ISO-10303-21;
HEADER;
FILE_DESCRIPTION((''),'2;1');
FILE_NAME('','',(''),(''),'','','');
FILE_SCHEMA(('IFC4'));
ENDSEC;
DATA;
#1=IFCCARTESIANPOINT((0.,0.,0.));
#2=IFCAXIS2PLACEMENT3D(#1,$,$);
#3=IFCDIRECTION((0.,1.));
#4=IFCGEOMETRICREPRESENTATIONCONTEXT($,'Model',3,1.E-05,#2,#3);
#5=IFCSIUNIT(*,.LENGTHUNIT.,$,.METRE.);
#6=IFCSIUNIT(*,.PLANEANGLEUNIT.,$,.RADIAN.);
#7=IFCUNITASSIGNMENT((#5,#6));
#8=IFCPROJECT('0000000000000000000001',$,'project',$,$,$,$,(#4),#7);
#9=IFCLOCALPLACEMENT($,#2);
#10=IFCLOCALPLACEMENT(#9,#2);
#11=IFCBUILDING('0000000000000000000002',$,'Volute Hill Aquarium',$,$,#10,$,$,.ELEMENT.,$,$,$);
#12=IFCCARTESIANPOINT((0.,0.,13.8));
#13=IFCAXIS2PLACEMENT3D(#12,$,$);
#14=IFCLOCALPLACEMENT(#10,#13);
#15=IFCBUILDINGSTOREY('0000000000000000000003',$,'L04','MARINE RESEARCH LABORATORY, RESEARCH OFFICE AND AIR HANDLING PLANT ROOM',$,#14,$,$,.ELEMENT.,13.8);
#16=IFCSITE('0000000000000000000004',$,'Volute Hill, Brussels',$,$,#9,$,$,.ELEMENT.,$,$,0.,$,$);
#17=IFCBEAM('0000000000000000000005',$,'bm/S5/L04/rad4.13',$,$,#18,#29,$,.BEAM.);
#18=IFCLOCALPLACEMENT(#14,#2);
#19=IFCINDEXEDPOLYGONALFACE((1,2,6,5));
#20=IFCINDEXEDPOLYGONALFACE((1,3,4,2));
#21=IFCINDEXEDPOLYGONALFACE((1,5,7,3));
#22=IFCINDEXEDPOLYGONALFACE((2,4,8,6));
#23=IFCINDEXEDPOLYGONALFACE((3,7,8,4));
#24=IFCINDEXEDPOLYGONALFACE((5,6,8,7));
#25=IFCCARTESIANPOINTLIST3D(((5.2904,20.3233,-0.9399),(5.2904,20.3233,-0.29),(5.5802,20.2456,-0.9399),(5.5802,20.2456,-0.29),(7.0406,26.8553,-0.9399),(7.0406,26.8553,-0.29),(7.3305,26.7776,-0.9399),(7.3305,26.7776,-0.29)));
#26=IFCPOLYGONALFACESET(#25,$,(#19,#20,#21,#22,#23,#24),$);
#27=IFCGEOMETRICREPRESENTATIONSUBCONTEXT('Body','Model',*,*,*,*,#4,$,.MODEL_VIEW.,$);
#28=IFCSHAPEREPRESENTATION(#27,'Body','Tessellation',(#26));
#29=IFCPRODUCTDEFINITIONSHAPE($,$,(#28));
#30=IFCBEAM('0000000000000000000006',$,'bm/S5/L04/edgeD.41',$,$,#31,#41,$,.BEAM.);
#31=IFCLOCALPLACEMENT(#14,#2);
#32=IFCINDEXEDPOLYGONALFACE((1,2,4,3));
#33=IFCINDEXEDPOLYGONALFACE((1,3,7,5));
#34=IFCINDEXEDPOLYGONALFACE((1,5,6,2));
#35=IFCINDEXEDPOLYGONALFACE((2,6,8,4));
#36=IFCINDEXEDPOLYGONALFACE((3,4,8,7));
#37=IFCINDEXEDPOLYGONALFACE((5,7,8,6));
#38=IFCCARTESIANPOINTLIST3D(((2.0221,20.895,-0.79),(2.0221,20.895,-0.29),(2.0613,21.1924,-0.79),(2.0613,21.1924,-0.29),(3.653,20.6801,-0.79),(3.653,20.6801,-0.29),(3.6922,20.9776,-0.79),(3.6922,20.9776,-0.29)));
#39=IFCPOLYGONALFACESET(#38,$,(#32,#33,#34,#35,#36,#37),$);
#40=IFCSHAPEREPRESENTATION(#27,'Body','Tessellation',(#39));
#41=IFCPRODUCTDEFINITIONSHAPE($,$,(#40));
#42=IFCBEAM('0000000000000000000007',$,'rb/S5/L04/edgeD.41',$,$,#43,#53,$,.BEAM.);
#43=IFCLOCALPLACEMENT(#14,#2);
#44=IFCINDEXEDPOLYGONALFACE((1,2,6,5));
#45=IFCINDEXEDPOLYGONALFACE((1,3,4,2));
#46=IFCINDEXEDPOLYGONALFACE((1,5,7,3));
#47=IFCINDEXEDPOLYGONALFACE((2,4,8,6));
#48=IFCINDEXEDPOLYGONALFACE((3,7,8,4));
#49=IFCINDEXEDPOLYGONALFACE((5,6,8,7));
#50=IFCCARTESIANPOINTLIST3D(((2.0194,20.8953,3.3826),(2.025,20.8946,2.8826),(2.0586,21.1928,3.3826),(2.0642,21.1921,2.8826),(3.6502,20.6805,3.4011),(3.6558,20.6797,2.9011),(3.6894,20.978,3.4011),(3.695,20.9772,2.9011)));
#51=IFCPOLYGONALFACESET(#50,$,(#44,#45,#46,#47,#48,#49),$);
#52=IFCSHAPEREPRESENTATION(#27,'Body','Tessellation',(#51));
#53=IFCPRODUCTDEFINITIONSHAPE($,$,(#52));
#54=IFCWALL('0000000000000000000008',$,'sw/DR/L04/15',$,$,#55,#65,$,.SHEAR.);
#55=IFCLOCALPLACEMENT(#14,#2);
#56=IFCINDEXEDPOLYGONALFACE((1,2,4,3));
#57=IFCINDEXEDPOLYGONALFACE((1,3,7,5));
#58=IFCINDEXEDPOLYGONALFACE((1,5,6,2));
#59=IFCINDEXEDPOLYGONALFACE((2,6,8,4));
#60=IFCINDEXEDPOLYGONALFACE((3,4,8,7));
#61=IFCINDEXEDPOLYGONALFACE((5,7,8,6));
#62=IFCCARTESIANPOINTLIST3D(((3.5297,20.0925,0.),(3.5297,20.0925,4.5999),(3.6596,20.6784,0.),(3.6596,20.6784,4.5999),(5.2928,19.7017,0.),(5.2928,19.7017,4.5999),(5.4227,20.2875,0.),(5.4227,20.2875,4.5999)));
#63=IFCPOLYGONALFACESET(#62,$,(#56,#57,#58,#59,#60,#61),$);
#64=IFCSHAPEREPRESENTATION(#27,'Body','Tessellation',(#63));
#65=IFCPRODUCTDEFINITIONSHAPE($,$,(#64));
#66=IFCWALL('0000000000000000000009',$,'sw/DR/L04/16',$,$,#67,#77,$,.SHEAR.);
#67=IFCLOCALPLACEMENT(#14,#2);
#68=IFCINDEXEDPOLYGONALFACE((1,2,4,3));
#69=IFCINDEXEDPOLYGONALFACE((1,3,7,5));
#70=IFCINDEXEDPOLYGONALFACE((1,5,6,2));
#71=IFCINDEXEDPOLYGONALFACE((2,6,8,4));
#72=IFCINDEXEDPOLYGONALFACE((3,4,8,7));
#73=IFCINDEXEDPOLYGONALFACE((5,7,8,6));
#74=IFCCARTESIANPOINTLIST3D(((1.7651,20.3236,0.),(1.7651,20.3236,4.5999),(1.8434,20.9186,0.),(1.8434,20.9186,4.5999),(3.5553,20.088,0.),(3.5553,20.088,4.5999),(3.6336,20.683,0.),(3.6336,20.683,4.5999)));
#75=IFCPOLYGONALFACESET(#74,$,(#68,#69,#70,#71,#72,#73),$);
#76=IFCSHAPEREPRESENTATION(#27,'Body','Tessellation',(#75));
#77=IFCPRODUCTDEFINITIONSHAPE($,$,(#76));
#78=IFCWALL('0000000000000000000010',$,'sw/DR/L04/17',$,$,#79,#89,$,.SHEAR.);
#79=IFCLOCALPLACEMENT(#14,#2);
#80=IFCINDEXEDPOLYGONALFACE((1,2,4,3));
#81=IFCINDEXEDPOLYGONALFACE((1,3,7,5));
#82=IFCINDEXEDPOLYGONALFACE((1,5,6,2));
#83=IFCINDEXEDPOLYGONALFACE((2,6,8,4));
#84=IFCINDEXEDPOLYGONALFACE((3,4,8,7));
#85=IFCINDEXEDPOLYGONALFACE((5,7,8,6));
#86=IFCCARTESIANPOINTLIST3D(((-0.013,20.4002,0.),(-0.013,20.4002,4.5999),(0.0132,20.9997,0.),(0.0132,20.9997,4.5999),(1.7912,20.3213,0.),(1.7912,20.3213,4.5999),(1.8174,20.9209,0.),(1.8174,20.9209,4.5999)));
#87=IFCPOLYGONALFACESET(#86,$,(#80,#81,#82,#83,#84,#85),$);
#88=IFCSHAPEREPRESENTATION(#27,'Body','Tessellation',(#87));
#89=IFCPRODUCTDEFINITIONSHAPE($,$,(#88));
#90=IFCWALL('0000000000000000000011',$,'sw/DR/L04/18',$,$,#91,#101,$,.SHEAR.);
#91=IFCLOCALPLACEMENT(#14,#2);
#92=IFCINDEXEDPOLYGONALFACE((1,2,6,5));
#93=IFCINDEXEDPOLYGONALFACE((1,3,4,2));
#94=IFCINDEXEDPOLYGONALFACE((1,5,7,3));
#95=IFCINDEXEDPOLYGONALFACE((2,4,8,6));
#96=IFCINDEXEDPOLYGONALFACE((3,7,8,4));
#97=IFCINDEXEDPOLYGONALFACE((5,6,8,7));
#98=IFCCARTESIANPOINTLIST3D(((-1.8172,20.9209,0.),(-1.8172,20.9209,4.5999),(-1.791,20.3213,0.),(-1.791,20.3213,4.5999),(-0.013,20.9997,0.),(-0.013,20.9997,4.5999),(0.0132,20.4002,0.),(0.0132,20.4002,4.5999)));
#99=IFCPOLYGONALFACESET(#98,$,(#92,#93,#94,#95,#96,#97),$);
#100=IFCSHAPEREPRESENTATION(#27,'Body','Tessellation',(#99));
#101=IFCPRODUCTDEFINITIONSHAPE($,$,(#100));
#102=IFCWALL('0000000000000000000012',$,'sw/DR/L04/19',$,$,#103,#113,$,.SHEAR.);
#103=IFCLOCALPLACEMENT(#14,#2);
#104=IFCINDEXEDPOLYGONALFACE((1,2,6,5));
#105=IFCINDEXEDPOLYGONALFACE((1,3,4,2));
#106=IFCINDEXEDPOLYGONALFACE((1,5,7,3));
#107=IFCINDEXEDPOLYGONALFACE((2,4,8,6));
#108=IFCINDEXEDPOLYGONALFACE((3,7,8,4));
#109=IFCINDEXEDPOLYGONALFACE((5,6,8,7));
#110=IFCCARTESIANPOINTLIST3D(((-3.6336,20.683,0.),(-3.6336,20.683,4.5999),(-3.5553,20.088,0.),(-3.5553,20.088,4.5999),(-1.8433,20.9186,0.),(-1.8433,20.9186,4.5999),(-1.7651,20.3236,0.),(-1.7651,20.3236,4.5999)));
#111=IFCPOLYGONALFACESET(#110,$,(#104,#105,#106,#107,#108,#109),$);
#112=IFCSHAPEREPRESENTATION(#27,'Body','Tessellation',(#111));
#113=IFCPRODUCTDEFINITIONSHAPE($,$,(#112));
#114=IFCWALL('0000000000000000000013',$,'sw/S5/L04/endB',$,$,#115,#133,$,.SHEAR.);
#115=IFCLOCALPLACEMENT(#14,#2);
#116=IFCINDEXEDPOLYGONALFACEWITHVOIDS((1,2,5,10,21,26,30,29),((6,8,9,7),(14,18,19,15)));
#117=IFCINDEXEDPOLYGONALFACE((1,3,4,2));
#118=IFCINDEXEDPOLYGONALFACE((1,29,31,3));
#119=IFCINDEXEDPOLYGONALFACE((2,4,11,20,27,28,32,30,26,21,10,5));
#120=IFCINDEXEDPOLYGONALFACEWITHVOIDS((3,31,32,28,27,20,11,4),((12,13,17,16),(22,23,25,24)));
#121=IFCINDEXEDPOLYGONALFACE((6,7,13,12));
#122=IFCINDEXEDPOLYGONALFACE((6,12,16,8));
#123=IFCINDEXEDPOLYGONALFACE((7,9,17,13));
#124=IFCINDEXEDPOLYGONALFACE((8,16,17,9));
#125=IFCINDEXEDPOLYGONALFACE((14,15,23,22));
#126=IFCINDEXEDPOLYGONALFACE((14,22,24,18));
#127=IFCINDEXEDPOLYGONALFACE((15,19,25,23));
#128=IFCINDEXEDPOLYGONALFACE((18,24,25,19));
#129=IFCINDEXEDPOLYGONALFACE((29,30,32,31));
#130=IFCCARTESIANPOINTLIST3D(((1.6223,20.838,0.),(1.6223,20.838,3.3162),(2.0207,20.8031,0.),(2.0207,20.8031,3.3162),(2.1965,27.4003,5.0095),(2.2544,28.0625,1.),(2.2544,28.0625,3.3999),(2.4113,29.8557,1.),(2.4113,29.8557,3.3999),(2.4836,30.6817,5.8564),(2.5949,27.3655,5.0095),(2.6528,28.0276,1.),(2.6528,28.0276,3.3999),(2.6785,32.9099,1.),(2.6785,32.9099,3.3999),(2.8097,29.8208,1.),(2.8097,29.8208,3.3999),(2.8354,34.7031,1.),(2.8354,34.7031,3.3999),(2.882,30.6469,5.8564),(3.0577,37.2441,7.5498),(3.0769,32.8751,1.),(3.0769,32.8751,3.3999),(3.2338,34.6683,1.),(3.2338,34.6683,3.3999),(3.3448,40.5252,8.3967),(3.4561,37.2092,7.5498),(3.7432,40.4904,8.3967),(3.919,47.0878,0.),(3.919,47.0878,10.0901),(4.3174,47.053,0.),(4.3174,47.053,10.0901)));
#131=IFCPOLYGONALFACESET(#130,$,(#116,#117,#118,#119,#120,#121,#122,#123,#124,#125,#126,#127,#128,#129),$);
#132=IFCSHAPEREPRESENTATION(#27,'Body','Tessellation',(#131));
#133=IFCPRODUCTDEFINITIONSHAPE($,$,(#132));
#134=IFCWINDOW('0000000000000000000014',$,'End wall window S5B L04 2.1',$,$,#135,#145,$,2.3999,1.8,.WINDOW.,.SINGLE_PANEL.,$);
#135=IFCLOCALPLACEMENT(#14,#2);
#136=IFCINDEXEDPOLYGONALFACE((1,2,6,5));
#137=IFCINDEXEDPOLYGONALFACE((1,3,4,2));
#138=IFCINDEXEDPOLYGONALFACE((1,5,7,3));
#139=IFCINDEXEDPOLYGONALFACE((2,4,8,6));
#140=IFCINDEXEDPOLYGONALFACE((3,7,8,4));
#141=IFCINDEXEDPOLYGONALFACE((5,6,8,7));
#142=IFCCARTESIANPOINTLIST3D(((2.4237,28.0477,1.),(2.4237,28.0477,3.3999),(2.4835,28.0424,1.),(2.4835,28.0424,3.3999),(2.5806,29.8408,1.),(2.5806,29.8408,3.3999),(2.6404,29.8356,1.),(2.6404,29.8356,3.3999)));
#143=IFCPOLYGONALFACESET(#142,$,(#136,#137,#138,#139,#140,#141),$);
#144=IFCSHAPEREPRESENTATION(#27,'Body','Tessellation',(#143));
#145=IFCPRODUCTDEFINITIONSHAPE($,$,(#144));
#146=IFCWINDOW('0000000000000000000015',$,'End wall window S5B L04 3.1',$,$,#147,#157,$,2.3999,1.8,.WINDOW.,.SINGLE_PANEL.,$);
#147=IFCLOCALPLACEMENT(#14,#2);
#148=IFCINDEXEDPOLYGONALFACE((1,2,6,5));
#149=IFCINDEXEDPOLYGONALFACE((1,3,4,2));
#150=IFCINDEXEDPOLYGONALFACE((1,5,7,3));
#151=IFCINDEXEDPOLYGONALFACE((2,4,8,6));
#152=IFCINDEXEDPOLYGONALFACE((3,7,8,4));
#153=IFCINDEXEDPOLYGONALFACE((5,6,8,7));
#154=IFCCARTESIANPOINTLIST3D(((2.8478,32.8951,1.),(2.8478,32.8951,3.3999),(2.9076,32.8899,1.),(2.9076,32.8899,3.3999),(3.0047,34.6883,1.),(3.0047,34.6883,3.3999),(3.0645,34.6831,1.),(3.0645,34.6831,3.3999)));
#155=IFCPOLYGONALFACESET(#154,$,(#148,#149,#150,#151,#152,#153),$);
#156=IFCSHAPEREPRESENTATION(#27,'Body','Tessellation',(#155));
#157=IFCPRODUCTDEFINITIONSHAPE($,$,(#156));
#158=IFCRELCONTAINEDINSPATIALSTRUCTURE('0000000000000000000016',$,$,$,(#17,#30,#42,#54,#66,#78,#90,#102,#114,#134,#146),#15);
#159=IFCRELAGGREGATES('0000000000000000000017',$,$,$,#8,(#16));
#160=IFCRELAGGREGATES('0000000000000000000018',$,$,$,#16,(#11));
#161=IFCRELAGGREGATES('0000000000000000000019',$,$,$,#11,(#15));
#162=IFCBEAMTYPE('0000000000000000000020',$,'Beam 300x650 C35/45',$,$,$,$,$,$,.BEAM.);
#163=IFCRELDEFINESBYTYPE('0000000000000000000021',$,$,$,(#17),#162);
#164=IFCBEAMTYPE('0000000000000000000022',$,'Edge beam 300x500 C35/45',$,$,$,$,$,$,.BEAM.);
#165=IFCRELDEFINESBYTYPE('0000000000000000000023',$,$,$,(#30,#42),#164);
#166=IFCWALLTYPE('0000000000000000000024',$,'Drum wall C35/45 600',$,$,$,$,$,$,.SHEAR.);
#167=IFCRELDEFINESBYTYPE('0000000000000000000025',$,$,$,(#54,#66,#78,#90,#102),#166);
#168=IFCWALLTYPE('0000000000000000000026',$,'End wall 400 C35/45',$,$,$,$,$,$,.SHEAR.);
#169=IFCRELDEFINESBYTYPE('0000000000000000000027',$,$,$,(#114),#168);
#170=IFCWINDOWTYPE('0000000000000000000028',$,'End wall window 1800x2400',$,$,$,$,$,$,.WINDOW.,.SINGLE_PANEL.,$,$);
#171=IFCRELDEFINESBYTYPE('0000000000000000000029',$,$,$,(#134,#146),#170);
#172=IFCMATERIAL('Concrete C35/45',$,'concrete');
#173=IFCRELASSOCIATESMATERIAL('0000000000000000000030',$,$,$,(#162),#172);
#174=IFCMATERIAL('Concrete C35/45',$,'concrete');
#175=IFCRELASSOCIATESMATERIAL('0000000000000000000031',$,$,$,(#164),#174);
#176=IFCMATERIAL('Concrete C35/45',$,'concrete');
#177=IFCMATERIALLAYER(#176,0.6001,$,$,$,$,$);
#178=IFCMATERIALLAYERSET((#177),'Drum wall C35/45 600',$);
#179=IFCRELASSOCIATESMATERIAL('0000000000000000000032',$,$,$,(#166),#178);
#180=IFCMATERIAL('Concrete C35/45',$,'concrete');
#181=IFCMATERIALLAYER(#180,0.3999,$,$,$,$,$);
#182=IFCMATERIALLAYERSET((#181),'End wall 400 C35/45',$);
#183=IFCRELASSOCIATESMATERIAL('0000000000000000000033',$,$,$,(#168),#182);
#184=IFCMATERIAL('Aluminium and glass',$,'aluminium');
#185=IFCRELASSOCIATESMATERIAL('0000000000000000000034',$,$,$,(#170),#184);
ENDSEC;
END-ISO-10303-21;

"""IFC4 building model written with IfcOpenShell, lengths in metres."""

from ifc_helpers import new_model, si_unit, direction, frame, frame_2d, origin, origin_2d, place, context, subcontext, project, spatial, polyline, rectangle, outline, extrude, material, layer, layer_set, material_profile, profile_set, type_object, element, fill, save


model = new_model("IFC4")

# Units and contexts
model_context = context("Model", 3, precision=1e-05, world=origin(), true_north=direction((0.0, 1.0)))
body_context = subcontext(model_context, "Body", "Model", "MODEL_VIEW")
ifc_project = project(units=[si_unit("LENGTHUNIT", "METRE"), si_unit("PLANEANGLEUNIT", "RADIAN")], contexts=[model_context])

# Site, building, storey
site_placement = place(None, origin())
site = spatial("IfcSite", under=ifc_project, at=site_placement, Name="Volute Hill, Brussels", CompositionType="ELEMENT", RefElevation=0.0)
building_placement = place(site_placement, origin())
building = spatial("IfcBuilding", under=site, at=building_placement, Name="Volute Hill Aquarium", CompositionType="ELEMENT")
storey_placement = place(building_placement, frame((0.0, 0.0, 13.8)))
storey = spatial("IfcBuildingStorey", under=building, at=storey_placement, Name="L04", Description="MARINE RESEARCH LABORATORY, RESEARCH OFFICE AND AIR HANDLING PLANT ROOM", CompositionType="ELEMENT", Elevation=13.8)

# Beams
ifc_material_1 = material(Name="Concrete C35/45", Category="concrete")
ifc_material_profile_1 = material_profile(ifc_material_1, rectangle(XDim=0.3, YDim=0.6499, at=origin_2d()), Name="RC beam 300x650")
ifc_profile_set_1 = profile_set([ifc_material_profile_1], Name="Concrete C35/45")
beam_type_1 = type_object("IfcBeamType", Name="Beam 300x650 C35/45", PredefinedType="BEAM", material=ifc_profile_set_1)
beam_placement = place(storey_placement, frame((5.4353, 20.2844, -0.615), z_axis=(0.25882, 0.965926, 0.0), x_axis=(-0.965926, 0.25882, 0.0)))
element("IfcBeam", 1, at=beam_placement, inside=storey, type_object=beam_type_1, Name="bm/S5/L04/rad4.13", PredefinedType="BEAM", context=body_context, shape_type="SweptSolid", body=[
    extrude(rectangle(XDim=0.3, YDim=0.6499, at=origin_2d()), origin(), (0.0, 0.0, 1.0), 6.7625),
])
ifc_material_2 = material(Name="Concrete C35/45", Category="concrete")
ifc_material_profile_2 = material_profile(ifc_material_2, rectangle(XDim=0.3, YDim=0.5, at=origin_2d()), Name="RC edge beam 300x500")
ifc_profile_set_2 = profile_set([ifc_material_profile_2], Name="Concrete C35/45")
beam_type_2 = type_object("IfcBeamType", Name="Edge beam 300x500 C35/45", PredefinedType="BEAM", material=ifc_profile_set_2)
for number, where, z_axis, x_axis, name in (
    (2, (3.6726, 20.8289, -0.54), (-0.991434, 0.130608, 0.0), (-0.130608, -0.991434, 0.0), "bm/S5/L04/edgeD.41"),
    (3, (3.6726, 20.8289, 3.1511), (-0.991371, 0.1306, -0.011279), (-0.130608, -0.991434, 0.0), "rb/S5/L04/edgeD.41"),
):
    element("IfcBeam", number, at=place(storey_placement, frame(where, z_axis=z_axis, x_axis=x_axis)), inside=storey, type_object=beam_type_2, Name=name, PredefinedType="BEAM", context=body_context, shape_type="SweptSolid", body=[
        extrude(rectangle(XDim=0.3, YDim=0.5, at=origin_2d()), origin(), (0.0, 0.0, 1.0), 1.645),
    ])

# Walls
ifc_material_3 = material(Name="Concrete C35/45", Category="concrete")
ifc_layer_1 = layer(ifc_material_3, 0.6001)
ifc_layer_set_1 = layer_set([ifc_layer_1], Name="Drum wall C35/45 600")
wall_type_1 = type_object("IfcWallType", Name="Drum wall C35/45 600", PredefinedType="SHEAR", material=ifc_layer_set_1)
wall_1_placement = place(storey_placement, frame((5.3577, 19.9946, 0.0), z_axis=(0.0, 0.0, 1.0), x_axis=(-0.976298, 0.216429, 0.0)))
element("IfcWall", 4, at=wall_1_placement, inside=storey, type_object=wall_type_1, Name="sw/DR/L04/15", PredefinedType="SHEAR", context=body_context, shape_type="SweptSolid", body=[
    extrude(rectangle(XDim=1.8059, YDim=0.6001, at=frame_2d((0.9028, 0.0))), origin(), (0.0, 0.0, 1.0), 4.5999),
])
wall_2_placement = place(storey_placement, frame((3.5945, 20.3855, 0.0), z_axis=(0.0, 0.0, 1.0), x_axis=(-0.991452, 0.130472, 0.0)))
element("IfcWall", 5, at=wall_2_placement, inside=storey, type_object=wall_type_1, Name="sw/DR/L04/16", PredefinedType="SHEAR", context=body_context, shape_type="SweptSolid", body=[
    extrude(rectangle(XDim=1.8057, YDim=0.6001, at=frame_2d((0.9028, 0.0))), origin(), (0.0, 0.0, 1.0), 4.5999),
])
for number, where, z_axis, x_axis, name in (
    (6, (1.8042, 20.6211, 0.0), (0.0, 0.0, 1.0), (-0.999046, 0.043666, 0.0), "sw/DR/L04/17"),
    (7, (0.0, 20.7, 0.0), (0.0, 0.0, 1.0), (-0.999046, -0.043666, 0.0), "sw/DR/L04/18"),
):
    element("IfcWall", number, at=place(storey_placement, frame(where, z_axis=z_axis, x_axis=x_axis)), inside=storey, type_object=wall_type_1, Name=name, PredefinedType="SHEAR", context=body_context, shape_type="SweptSolid", body=[
        extrude(rectangle(XDim=1.8059, YDim=0.6001, at=frame_2d((0.9028, 0.0))), origin(), (0.0, 0.0, 1.0), 4.5999),
    ])
wall_3_placement = place(storey_placement, frame((-1.8042, 20.6211, 0.0), z_axis=(0.0, 0.0, 1.0), x_axis=(-0.991452, -0.130472, 0.0)))
element("IfcWall", 8, at=wall_3_placement, inside=storey, type_object=wall_type_1, Name="sw/DR/L04/19", PredefinedType="SHEAR", context=body_context, shape_type="SweptSolid", body=[
    extrude(rectangle(XDim=1.8057, YDim=0.6001, at=frame_2d((0.9028, 0.0))), origin(), (0.0, 0.0, 1.0), 4.5999),
])

# Wall, openings, windows
ifc_material_4 = material(Name="Concrete C35/45", Category="concrete")
ifc_layer_2 = layer(ifc_material_4, 0.3999)
ifc_layer_set_2 = layer_set([ifc_layer_2], Name="End wall 400 C35/45")
wall_type_2 = type_object("IfcWallType", Name="End wall 400 C35/45", PredefinedType="SHEAR", material=ifc_layer_set_2)
wall_4_placement = place(storey_placement, frame((1.8215, 20.8206, 0.0), z_axis=(0.0, 0.0, 1.0), x_axis=(0.087159, 0.996194, 0.0)))
wall_4 = element("IfcWall", 9, at=wall_4_placement, inside=storey, type_object=wall_type_2, Name="sw/S5/L04/endB", PredefinedType="SHEAR", context=body_context, shape_type="SweptSolid", body=[
    extrude(outline(polyline([(0.0, 0.0), (26.3501, 0.0), (26.3501, 10.0901), (23.0564, 9.2434), (19.7625, 8.3967), (16.4688, 7.5498), (13.175, 6.7031), (9.8813, 5.8564), (6.5874, 5.0095), (3.2937, 4.1628), (0.0, 3.3162), (0.0, 0.0)])), frame((0.0, 0.2, 0.0), z_axis=(0.0, -1.0, 0.0), x_axis=(1.0, 0.0, 0.0)), (0.0, 0.0, 1.0), 0.3999),
])
opening_1_placement = place(wall_4_placement, frame((7.2522, 0.0, 1.0)))
opening_1 = element("IfcOpeningElement", 10, at=opening_1_placement, cuts=wall_4, PredefinedType="OPENING", context=body_context, shape_type="SweptSolid", body=[
    extrude(rectangle(XDim=1.8, YDim=2.3999, at=frame_2d((0.8999, 1.2))), frame((0.0, 0.21, 0.0), z_axis=(0.0, -1.0, 0.0), x_axis=(1.0, 0.0, 0.0)), (0.0, 0.0, 1.0), 0.4199),
])
opening_2_placement = place(wall_4_placement, frame((12.1182, 0.0, 1.0)))
opening_2 = element("IfcOpeningElement", 11, at=opening_2_placement, cuts=wall_4, PredefinedType="OPENING", context=body_context, shape_type="SweptSolid", body=[
    extrude(rectangle(XDim=1.8, YDim=2.3999, at=frame_2d((0.8999, 1.2))), frame((0.0, 0.21, 0.0), z_axis=(0.0, -1.0, 0.0), x_axis=(1.0, 0.0, 0.0)), (0.0, 0.0, 1.0), 0.4199),
])
ifc_material_5 = material(Name="Aluminium and glass", Category="aluminium")
window_type_1 = type_object("IfcWindowType", Name="End wall window 1800x2400", PartitioningType="SINGLE_PANEL", PredefinedType="WINDOW", material=ifc_material_5)
window_1_placement = place(opening_1_placement, origin())
window_1 = element("IfcWindow", 12, at=window_1_placement, inside=storey, type_object=window_type_1, Name="End wall window S5B L04 2.1", OverallHeight=2.3999, OverallWidth=1.8, PartitioningType="SINGLE_PANEL", PredefinedType="WINDOW", context=body_context, shape_type="SweptSolid", body=[
    extrude(rectangle(XDim=1.8, YDim=2.3999, at=frame_2d((0.8999, 1.2))), frame((0.0, 0.03, 0.0), z_axis=(0.0, -1.0, 0.0), x_axis=(1.0, 0.0, 0.0)), (0.0, 0.0, 1.0), 0.0601),
])
fill(opening_1, window_1)
window_2_placement = place(opening_2_placement, origin())
window_2 = element("IfcWindow", 13, at=window_2_placement, inside=storey, type_object=window_type_1, Name="End wall window S5B L04 3.1", OverallHeight=2.3999, OverallWidth=1.8, PartitioningType="SINGLE_PANEL", PredefinedType="WINDOW", context=body_context, shape_type="SweptSolid", body=[
    extrude(rectangle(XDim=1.8, YDim=2.3999, at=frame_2d((0.8999, 1.2))), frame((0.0, 0.03, 0.0), z_axis=(0.0, -1.0, 0.0), x_axis=(1.0, 0.0, 0.0)), (0.0, 0.0, 1.0), 0.0601),
])
fill(opening_2, window_2)

save(model, "model.ifc")
